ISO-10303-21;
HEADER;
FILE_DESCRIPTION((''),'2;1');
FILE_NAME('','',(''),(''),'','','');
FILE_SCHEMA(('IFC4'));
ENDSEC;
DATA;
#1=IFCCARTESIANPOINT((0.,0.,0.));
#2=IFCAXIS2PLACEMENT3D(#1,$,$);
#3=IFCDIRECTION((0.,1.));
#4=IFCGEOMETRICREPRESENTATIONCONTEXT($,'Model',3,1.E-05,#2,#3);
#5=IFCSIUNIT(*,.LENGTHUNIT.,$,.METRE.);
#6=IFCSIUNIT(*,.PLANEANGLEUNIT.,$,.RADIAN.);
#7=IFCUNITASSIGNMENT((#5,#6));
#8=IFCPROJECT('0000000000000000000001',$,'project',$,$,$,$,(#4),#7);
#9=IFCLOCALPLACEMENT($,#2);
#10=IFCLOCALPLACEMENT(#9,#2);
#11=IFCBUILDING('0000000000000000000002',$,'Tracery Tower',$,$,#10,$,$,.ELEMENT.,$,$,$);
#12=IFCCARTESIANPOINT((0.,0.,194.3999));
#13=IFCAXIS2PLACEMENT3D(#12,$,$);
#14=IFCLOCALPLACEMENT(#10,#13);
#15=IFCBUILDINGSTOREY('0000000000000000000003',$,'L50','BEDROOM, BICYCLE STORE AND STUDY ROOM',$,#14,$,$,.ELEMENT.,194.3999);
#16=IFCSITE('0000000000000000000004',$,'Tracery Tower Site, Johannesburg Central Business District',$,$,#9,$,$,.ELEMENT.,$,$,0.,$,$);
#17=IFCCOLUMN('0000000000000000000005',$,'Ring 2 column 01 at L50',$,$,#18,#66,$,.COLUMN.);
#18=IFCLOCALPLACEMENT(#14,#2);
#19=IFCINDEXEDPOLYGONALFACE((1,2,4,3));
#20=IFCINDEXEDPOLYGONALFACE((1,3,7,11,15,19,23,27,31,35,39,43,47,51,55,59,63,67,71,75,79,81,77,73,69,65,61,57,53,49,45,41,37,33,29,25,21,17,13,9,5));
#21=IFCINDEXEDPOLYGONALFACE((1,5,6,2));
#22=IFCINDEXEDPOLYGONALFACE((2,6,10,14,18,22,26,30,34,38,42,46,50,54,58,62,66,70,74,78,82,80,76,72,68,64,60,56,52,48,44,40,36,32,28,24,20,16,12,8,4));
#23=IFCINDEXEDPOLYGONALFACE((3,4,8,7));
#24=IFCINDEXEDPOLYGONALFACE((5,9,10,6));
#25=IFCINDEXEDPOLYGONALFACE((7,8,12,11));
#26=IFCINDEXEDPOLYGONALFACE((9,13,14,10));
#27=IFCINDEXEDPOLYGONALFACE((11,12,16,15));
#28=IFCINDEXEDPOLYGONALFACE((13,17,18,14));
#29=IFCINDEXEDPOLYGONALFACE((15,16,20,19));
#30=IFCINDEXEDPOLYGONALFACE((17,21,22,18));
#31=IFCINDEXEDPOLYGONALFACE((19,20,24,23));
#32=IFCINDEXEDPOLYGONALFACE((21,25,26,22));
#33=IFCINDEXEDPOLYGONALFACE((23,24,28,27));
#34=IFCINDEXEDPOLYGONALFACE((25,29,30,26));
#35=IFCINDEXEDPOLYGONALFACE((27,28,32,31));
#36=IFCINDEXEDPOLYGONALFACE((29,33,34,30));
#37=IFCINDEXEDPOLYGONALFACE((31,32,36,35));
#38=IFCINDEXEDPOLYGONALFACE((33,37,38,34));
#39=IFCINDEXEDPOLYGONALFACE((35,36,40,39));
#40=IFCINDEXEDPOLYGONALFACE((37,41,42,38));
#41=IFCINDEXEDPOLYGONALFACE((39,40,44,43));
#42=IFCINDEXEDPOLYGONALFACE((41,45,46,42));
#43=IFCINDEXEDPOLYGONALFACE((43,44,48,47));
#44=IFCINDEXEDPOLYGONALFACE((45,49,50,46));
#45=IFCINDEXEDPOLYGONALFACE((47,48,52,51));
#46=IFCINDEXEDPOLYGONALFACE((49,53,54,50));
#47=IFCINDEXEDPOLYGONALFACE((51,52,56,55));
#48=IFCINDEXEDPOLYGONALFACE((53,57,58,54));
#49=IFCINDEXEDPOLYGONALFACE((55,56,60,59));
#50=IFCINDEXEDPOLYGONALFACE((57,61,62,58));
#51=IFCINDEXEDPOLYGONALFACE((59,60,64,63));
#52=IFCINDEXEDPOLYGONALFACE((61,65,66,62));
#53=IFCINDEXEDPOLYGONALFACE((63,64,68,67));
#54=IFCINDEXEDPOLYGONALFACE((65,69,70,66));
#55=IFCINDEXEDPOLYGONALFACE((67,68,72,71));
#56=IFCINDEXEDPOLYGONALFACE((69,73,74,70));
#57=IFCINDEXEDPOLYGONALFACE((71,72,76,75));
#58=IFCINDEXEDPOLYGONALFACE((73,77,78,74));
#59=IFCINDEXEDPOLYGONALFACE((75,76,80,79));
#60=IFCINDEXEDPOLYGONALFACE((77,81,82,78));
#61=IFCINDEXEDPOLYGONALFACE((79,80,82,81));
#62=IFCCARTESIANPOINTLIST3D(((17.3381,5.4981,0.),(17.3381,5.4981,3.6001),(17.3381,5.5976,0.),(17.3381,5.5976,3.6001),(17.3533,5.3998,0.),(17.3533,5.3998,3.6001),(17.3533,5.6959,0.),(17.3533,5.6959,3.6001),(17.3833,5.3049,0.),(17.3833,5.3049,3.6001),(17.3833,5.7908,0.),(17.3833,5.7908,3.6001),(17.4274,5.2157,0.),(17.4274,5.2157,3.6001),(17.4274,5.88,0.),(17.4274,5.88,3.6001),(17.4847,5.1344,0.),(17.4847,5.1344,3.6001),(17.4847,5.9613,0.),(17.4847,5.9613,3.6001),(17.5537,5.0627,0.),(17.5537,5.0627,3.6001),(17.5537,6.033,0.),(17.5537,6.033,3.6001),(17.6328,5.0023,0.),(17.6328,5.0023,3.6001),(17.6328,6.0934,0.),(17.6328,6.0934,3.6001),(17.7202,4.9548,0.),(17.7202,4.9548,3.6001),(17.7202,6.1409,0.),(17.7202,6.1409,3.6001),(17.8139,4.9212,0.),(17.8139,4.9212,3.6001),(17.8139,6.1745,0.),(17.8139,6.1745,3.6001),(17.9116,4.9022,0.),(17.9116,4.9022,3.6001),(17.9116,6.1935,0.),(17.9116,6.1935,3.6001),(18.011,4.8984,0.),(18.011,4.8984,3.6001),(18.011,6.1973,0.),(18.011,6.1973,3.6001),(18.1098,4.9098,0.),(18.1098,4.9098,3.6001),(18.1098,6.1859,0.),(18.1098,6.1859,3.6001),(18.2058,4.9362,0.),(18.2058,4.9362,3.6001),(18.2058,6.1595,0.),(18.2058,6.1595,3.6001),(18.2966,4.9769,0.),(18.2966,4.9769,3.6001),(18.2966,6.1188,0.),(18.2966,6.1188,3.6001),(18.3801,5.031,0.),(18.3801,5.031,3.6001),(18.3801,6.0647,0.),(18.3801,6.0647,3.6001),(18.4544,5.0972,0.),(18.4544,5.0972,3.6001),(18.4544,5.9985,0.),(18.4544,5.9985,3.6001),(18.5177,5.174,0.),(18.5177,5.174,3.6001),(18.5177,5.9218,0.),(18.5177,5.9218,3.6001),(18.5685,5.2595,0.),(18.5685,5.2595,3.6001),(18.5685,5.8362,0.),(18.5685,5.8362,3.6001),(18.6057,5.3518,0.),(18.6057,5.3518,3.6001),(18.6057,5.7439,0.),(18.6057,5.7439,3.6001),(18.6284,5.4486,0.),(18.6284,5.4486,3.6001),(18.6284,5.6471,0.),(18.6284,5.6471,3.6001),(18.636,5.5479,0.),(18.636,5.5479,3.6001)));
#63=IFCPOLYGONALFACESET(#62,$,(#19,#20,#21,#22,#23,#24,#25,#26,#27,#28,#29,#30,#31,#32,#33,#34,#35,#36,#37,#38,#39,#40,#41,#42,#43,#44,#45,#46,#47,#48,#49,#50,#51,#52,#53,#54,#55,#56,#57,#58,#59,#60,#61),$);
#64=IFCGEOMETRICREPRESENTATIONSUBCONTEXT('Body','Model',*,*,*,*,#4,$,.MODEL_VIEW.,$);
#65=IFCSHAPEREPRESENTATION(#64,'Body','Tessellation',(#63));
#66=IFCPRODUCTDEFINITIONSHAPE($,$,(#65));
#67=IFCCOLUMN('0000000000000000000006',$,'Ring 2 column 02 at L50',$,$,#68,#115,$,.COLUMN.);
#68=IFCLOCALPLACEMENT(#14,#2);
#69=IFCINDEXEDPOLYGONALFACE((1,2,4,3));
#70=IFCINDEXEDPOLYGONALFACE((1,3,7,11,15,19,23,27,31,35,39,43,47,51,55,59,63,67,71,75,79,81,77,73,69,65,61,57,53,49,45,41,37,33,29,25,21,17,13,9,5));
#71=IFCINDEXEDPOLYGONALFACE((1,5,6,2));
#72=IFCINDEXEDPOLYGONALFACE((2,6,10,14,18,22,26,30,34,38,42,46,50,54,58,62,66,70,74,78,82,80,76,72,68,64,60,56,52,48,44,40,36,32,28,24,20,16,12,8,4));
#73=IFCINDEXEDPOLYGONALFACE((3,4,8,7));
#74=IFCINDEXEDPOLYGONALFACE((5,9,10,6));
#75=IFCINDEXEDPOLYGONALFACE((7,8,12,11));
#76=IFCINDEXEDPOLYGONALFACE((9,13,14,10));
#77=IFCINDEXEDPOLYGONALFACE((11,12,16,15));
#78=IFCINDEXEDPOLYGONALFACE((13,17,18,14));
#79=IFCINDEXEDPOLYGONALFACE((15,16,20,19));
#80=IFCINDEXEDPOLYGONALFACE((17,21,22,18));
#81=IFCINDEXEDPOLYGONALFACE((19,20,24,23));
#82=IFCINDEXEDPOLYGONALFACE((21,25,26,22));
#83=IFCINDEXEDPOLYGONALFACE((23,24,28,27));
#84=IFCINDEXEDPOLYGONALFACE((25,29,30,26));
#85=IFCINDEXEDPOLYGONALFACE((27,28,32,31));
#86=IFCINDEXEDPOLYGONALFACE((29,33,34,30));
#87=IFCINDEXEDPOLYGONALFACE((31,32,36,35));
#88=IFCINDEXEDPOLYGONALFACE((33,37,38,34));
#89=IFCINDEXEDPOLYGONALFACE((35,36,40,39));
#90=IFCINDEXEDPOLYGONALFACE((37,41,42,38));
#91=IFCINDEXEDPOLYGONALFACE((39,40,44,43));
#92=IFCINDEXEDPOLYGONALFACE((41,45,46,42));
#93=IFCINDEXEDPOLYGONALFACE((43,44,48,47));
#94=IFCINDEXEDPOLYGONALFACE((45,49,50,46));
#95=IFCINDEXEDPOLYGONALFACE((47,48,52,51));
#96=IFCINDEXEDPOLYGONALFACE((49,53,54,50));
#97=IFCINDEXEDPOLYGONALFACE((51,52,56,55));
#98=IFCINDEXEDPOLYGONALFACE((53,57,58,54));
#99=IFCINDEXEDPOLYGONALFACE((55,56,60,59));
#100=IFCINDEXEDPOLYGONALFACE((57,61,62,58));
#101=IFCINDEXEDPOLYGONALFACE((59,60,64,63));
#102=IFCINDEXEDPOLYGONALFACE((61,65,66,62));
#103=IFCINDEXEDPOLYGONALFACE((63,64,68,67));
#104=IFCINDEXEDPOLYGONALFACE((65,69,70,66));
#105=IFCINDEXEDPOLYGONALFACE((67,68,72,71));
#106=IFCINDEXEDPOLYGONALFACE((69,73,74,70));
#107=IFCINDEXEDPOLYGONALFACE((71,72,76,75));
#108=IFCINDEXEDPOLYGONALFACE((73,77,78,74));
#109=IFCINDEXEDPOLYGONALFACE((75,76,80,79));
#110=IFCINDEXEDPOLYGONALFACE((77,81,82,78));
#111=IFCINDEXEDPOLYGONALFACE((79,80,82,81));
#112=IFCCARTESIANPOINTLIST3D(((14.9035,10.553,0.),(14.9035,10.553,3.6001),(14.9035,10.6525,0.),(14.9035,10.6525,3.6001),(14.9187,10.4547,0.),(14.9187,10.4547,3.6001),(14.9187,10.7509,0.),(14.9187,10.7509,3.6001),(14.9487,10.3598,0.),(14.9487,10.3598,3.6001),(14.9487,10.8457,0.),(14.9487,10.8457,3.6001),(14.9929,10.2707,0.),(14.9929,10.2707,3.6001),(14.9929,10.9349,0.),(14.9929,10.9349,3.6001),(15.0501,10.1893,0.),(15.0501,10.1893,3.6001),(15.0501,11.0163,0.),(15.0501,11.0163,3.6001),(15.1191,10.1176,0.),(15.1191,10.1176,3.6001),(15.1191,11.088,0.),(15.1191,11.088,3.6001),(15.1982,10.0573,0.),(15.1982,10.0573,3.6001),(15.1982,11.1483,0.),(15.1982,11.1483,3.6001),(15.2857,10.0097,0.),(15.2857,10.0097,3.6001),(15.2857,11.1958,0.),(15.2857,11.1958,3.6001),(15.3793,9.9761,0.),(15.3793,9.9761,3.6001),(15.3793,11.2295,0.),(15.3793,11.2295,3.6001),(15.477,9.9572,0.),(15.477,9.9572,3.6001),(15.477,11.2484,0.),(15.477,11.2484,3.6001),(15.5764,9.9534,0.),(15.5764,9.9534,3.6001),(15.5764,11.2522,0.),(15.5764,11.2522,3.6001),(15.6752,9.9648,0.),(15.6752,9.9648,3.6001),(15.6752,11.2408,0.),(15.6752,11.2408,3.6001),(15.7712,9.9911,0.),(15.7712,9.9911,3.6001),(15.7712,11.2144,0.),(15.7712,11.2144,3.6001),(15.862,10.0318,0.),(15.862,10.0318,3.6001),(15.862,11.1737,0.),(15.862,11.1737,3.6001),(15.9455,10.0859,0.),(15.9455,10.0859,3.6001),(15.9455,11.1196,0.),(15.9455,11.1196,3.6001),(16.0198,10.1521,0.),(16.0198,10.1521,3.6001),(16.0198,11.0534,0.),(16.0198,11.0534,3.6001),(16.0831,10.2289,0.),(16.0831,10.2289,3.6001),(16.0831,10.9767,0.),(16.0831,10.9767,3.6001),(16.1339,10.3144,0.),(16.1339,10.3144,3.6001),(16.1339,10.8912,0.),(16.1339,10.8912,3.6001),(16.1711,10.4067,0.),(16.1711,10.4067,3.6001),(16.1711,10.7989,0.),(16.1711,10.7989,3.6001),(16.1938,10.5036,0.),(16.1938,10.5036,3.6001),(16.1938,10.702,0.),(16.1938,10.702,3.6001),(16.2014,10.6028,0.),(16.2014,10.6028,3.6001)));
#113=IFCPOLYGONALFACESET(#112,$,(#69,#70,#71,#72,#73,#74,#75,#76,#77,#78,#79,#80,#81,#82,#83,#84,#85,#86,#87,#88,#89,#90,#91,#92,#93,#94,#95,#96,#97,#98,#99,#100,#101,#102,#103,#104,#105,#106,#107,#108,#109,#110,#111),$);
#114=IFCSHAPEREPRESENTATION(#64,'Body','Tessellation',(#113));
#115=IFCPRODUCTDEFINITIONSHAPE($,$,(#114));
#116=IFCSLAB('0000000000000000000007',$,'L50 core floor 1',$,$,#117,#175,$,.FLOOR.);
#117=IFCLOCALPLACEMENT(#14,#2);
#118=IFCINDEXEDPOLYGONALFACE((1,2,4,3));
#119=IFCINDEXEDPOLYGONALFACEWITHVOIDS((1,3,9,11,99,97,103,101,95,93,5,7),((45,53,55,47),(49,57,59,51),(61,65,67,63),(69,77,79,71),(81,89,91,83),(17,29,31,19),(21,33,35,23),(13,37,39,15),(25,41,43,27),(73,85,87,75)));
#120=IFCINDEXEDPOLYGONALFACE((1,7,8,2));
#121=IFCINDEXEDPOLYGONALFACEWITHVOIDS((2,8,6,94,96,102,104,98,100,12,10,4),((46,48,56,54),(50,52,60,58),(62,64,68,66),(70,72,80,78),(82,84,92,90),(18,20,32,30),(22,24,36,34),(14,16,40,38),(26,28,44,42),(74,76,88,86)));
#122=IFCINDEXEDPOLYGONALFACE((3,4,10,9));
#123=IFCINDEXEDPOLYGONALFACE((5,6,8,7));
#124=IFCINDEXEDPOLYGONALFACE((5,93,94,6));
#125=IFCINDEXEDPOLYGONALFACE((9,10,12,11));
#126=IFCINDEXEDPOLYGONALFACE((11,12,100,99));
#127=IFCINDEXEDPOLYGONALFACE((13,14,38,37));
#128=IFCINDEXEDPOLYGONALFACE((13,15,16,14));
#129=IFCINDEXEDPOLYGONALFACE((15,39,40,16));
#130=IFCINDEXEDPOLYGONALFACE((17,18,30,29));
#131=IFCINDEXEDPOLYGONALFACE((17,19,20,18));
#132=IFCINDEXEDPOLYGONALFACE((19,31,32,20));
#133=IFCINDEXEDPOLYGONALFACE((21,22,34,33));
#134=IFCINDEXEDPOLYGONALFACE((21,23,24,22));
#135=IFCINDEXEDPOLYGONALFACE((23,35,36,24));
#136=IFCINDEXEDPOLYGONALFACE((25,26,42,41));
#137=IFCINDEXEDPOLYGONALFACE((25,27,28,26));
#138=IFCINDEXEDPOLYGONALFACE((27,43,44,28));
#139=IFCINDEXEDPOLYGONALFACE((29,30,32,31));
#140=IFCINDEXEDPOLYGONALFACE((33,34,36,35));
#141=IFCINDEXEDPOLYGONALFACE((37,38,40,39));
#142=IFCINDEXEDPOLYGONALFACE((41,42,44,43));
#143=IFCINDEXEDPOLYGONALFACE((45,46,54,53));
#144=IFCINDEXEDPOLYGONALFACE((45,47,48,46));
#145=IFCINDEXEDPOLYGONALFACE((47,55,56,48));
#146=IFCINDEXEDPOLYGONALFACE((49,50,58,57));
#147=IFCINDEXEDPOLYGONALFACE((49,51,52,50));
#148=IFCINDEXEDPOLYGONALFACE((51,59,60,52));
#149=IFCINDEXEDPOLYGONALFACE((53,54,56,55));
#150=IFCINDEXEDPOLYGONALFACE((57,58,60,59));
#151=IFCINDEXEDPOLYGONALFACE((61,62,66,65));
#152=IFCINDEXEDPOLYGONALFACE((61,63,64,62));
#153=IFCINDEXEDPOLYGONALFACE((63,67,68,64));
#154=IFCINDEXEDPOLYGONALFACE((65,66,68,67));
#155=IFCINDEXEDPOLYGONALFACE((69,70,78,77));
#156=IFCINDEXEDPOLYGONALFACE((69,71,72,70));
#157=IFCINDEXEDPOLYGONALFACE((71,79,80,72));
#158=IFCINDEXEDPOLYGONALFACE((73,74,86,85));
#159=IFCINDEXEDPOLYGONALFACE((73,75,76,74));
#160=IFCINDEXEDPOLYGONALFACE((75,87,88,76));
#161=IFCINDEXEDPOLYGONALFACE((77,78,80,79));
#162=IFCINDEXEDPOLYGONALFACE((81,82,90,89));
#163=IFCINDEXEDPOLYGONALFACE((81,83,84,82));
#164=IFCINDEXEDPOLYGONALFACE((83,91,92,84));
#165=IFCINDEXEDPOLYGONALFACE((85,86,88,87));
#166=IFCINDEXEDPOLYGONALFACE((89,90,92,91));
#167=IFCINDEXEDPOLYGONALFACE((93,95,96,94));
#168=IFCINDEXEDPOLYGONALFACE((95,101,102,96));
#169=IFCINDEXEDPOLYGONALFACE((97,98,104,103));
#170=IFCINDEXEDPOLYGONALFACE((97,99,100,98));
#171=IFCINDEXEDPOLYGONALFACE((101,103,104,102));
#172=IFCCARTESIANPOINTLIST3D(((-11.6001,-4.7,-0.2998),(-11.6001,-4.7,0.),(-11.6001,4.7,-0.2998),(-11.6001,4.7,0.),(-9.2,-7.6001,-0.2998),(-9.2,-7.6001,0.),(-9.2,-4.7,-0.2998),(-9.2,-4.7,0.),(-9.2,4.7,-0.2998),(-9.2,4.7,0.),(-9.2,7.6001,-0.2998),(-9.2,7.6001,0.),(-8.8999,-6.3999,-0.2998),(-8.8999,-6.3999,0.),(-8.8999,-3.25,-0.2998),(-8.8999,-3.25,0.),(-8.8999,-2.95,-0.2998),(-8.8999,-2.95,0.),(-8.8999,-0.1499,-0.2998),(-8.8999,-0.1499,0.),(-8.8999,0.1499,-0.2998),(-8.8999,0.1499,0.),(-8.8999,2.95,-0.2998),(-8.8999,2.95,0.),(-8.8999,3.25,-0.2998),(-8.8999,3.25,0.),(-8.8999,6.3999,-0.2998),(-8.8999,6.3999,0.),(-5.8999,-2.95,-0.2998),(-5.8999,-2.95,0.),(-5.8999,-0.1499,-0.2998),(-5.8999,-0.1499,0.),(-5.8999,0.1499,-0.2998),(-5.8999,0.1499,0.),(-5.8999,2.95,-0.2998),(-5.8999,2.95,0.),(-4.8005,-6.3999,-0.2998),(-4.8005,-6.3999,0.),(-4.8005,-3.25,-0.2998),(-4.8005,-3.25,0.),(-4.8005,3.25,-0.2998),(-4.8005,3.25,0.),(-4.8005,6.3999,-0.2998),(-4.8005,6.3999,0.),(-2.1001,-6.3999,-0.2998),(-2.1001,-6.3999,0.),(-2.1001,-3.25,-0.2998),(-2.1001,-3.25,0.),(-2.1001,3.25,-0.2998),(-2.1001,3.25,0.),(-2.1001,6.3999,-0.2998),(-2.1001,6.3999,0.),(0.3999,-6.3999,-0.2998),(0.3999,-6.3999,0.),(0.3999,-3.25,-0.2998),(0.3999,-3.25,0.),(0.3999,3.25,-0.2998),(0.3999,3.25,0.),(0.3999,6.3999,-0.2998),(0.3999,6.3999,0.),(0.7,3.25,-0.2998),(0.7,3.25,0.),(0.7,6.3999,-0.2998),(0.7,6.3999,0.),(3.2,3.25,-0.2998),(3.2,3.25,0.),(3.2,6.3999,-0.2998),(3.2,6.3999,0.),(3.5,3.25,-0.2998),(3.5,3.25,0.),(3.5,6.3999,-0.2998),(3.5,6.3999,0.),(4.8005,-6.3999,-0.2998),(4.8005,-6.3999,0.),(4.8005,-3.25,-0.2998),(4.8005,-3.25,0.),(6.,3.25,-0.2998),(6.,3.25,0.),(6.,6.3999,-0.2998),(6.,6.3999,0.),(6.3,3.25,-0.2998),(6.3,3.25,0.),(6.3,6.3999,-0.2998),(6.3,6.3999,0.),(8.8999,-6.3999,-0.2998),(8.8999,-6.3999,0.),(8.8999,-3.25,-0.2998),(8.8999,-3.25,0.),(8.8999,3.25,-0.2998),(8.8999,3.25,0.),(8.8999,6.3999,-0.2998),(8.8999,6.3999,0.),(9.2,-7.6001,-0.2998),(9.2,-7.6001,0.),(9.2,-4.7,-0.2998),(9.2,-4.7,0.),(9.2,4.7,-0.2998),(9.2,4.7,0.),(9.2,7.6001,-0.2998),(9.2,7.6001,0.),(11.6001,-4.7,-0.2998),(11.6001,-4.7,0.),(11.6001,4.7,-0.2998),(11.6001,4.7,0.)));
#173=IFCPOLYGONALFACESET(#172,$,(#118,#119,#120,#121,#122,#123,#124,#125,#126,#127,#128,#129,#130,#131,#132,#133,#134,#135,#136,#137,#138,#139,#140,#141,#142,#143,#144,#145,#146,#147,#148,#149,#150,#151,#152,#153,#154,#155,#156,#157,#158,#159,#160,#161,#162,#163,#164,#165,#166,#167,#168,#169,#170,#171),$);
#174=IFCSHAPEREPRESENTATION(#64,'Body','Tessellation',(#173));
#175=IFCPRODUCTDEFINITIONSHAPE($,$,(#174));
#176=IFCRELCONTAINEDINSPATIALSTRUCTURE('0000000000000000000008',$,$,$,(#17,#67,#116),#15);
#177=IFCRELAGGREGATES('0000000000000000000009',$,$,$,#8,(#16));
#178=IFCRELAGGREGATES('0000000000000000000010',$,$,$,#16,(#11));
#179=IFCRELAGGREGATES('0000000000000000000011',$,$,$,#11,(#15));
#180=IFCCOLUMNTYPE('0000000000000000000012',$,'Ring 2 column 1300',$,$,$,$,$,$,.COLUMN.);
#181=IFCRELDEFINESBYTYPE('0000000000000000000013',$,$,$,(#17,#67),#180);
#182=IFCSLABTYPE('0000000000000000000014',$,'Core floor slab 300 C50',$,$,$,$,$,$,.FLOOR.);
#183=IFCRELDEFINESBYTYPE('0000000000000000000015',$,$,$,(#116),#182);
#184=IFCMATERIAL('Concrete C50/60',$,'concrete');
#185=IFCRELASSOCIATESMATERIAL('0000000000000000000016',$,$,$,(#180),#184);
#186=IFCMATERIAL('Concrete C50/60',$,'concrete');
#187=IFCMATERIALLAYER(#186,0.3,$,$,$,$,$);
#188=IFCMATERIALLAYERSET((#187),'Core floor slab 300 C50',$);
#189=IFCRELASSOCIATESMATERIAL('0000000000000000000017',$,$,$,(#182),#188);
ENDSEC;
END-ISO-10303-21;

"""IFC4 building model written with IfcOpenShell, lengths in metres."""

from ifc_helpers import new_model, si_unit, direction, frame, origin, origin_2d, place, context, subcontext, project, spatial, polyline, circle, outline, extrude, material, layer, layer_set, material_profile, profile_set, type_object, element, save


model = new_model("IFC4")

# Units and contexts
model_context = context("Model", 3, precision=1e-05, world=origin(), true_north=direction((0.0, 1.0)))
body_context = subcontext(model_context, "Body", "Model", "MODEL_VIEW")
ifc_project = project(units=[si_unit("LENGTHUNIT", "METRE"), si_unit("PLANEANGLEUNIT", "RADIAN")], contexts=[model_context])

# Site, building, storey
site_placement = place(None, origin())
site = spatial("IfcSite", under=ifc_project, at=site_placement, Name="Tracery Tower Site, Johannesburg Central Business District", CompositionType="ELEMENT", RefElevation=0.0)
building_placement = place(site_placement, origin())
building = spatial("IfcBuilding", under=site, at=building_placement, Name="Tracery Tower", CompositionType="ELEMENT")
storey_placement = place(building_placement, frame((0.0, 0.0, 194.3999)))
storey = spatial("IfcBuildingStorey", under=building, at=storey_placement, Name="L50", Description="BEDROOM, BICYCLE STORE AND STUDY ROOM", CompositionType="ELEMENT", Elevation=194.3999)

# Columns
ifc_material_1 = material(Name="Concrete C50/60", Category="concrete")
ifc_material_profile = material_profile(ifc_material_1, circle(Radius=0.6499, at=origin_2d()), Name="RC D1300")
ifc_profile_set = profile_set([ifc_material_profile], Name="Concrete C50/60")
column_type = type_object("IfcColumnType", Name="Ring 2 column 1300", PredefinedType="COLUMN", material=ifc_profile_set)
for number, where, z_axis, x_axis, name in (
    (1, (17.9861, 5.5479, 0.0), (0.0, 0.0, 1.0), (1.0, 0.0, 0.0), "Ring 2 column 01 at L50"),
    (2, (15.5515, 10.6028, 0.0), (0.0, 0.0, 1.0), (1.0, 0.0, 0.0), "Ring 2 column 02 at L50"),
):
    element("IfcColumn", number, at=place(storey_placement, frame(where, z_axis=z_axis, x_axis=x_axis)), inside=storey, type_object=column_type, Name=name, PredefinedType="COLUMN", context=body_context, shape_type="SweptSolid", body=[
        extrude(circle(Radius=0.6499, at=origin_2d()), origin(), (0.0, 0.0, 1.0), 3.6001),
    ])

# Slab
ifc_material_2 = material(Name="Concrete C50/60", Category="concrete")
ifc_layer_1 = layer(ifc_material_2, 0.3)
ifc_layer_set_1 = layer_set([ifc_layer_1], Name="Core floor slab 300 C50")
slab_type_1 = type_object("IfcSlabType", Name="Core floor slab 300 C50", PredefinedType="FLOOR", material=ifc_layer_set_1)
slab_1_placement = place(storey_placement, frame((0.0, 0.0, -0.2998)))
element("IfcSlab", 3, at=slab_1_placement, inside=storey, type_object=slab_type_1, Name="L50 core floor 1", PredefinedType="FLOOR", context=body_context, shape_type="SweptSolid", body=[
    extrude(outline(polyline([(-9.2, 7.6001), (9.2, 7.6001), (9.2, 4.7), (11.6001, 4.7), (11.6001, -4.7), (9.2, -4.7), (9.2, -7.6001), (-9.2, -7.6001), (-9.2, -4.7), (-11.6001, -4.7), (-11.6001, 4.7), (-9.2, 4.7), (-9.2, 7.6001)]), holes=[polyline([(4.8005, -6.3999), (8.8999, -6.3999), (8.8999, -3.25), (4.8005, -3.25), (4.8005, -6.3999)]), polyline([(8.8999, 3.25), (8.8999, 6.3999), (6.3, 6.3999), (6.3, 3.25), (8.8999, 3.25)]), polyline([(6.0, 3.25), (6.0, 6.3999), (3.5, 6.3999), (3.5, 3.25), (6.0, 3.25)]), polyline([(3.2, 3.25), (3.2, 6.3999), (0.7, 6.3999), (0.7, 3.25), (3.2, 3.25)]), polyline([(-2.1001, 3.25), (0.3999, 3.25), (0.3999, 6.3999), (-2.1001, 6.3999), (-2.1001, 3.25)]), polyline([(0.3999, -6.3999), (0.3999, -3.25), (-2.1001, -3.25), (-2.1001, -6.3999), (0.3999, -6.3999)]), polyline([(-4.8005, -3.25), (-8.8999, -3.25), (-8.8999, -6.3999), (-4.8005, -6.3999), (-4.8005, -3.25)]), polyline([(-4.8005, 6.3999), (-8.8999, 6.3999), (-8.8999, 3.25), (-4.8005, 3.25), (-4.8005, 6.3999)]), polyline([(-5.8999, -2.95), (-5.8999, -0.1499), (-8.8999, -0.1499), (-8.8999, -2.95), (-5.8999, -2.95)]), polyline([(-5.8999, 0.1499), (-5.8999, 2.95), (-8.8999, 2.95), (-8.8999, 0.1499), (-5.8999, 0.1499)])]), origin(), (0.0, 0.0, 1.0), 0.2998),
])

save(model, "model.ifc")
